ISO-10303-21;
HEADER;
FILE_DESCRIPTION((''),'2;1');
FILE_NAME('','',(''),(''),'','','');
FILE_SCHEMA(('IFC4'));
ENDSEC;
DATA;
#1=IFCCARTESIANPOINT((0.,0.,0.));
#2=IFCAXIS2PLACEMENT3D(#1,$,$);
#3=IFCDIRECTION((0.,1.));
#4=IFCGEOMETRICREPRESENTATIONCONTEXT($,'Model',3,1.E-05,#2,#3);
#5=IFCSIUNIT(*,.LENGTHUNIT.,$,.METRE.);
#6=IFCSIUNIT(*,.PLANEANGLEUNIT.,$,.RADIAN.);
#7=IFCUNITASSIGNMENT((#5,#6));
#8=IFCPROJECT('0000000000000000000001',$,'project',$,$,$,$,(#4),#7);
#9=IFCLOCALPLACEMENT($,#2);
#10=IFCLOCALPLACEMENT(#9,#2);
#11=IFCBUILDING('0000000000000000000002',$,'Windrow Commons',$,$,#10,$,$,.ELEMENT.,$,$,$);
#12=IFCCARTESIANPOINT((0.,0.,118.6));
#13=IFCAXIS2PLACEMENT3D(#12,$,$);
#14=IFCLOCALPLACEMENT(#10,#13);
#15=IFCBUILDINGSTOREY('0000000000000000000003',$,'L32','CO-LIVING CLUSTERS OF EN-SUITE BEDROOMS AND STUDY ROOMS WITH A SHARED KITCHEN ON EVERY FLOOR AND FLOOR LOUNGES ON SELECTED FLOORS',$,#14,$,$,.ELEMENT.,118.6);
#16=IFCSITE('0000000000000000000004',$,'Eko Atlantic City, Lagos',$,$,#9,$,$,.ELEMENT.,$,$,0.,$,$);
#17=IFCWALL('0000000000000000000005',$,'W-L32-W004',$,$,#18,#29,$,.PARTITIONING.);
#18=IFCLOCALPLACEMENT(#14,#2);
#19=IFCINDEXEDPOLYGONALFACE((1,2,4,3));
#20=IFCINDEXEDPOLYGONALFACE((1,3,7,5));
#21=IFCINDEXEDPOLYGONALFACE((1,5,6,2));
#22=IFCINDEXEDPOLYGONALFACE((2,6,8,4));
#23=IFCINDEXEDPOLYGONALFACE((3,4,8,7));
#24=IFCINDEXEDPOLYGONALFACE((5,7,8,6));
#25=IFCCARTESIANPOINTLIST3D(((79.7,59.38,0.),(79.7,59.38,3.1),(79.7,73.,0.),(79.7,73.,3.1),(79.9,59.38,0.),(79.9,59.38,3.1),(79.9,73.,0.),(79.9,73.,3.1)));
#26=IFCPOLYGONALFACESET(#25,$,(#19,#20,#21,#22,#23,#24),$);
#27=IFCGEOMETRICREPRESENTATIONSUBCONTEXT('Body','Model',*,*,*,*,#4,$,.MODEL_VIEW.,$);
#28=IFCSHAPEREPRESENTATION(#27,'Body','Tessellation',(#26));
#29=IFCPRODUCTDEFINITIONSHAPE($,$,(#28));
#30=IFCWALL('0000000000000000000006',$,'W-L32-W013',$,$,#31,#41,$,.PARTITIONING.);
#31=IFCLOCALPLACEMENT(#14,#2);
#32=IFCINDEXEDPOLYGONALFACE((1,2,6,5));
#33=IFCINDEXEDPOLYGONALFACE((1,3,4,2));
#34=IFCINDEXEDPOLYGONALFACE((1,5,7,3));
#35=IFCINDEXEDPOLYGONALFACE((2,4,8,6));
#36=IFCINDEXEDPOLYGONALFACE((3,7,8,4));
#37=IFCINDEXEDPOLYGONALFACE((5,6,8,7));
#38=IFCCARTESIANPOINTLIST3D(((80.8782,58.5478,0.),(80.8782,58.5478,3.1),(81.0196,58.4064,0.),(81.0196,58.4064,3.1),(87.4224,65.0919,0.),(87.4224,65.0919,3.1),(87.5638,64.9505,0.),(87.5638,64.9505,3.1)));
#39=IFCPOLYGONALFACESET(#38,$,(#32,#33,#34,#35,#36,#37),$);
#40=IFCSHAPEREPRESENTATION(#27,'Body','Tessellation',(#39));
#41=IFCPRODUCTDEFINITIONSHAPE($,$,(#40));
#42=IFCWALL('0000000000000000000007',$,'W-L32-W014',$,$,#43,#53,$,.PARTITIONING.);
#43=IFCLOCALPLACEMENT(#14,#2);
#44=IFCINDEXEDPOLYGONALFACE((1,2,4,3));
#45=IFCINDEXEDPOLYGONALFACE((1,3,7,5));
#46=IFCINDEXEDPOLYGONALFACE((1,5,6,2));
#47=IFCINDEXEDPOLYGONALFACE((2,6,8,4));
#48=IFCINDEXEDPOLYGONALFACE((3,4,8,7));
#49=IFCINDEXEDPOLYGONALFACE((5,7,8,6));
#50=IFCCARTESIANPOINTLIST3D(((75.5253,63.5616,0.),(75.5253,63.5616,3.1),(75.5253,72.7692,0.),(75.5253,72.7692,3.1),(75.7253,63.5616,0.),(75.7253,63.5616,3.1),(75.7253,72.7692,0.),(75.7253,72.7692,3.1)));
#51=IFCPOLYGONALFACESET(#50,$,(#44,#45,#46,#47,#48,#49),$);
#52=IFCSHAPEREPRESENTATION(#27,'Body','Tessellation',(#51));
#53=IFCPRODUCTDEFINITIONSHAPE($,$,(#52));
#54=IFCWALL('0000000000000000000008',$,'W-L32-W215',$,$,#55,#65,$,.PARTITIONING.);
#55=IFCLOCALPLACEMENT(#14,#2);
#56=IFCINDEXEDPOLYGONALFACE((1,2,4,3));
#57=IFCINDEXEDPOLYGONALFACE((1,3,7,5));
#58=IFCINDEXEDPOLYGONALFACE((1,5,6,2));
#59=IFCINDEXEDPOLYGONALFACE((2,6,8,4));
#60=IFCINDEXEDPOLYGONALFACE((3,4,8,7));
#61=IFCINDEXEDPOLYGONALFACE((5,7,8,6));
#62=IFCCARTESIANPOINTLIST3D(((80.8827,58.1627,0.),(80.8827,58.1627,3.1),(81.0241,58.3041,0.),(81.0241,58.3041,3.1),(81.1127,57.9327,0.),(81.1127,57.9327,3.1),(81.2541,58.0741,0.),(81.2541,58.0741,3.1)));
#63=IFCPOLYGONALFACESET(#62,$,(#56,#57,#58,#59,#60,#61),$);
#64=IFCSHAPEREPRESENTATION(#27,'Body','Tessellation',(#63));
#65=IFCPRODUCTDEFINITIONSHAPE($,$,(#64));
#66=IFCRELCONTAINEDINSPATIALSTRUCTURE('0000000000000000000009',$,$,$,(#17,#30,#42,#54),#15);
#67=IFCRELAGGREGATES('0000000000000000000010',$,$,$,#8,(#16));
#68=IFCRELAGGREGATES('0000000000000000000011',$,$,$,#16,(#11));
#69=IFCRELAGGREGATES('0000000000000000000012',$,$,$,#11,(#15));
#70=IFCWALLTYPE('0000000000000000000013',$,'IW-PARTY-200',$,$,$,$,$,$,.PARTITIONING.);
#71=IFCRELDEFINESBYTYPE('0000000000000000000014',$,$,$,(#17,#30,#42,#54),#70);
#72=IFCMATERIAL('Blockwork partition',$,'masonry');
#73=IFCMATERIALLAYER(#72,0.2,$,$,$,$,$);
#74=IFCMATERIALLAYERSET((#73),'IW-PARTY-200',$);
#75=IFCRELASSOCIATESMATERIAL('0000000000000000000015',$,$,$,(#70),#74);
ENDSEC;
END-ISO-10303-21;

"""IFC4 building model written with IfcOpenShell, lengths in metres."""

from ifc_helpers import new_model, si_unit, direction, frame, frame_2d, origin, place, context, subcontext, project, spatial, rectangle, extrude, material, layer, layer_set, type_object, element, save


model = new_model("IFC4")

# Units and contexts
model_context = context("Model", 3, precision=1e-05, world=origin(), true_north=direction((0.0, 1.0)))
body_context = subcontext(model_context, "Body", "Model", "MODEL_VIEW")
ifc_project = project(units=[si_unit("LENGTHUNIT", "METRE"), si_unit("PLANEANGLEUNIT", "RADIAN")], contexts=[model_context])

# Site, building, storey
site_placement = place(None, origin())
site = spatial("IfcSite", under=ifc_project, at=site_placement, Name="Eko Atlantic City, Lagos", CompositionType="ELEMENT", RefElevation=0.0)
building_placement = place(site_placement, origin())
building = spatial("IfcBuilding", under=site, at=building_placement, Name="Windrow Commons", CompositionType="ELEMENT")
storey_placement = place(building_placement, frame((0.0, 0.0, 118.6)))
storey = spatial("IfcBuildingStorey", under=building, at=storey_placement, Name="L32", Description="CO-LIVING CLUSTERS OF EN-SUITE BEDROOMS AND STUDY ROOMS WITH A SHARED KITCHEN ON EVERY FLOOR AND FLOOR LOUNGES ON SELECTED FLOORS", CompositionType="ELEMENT", Elevation=118.6)

# Walls
ifc_material_1 = material(Name="Blockwork partition", Category="masonry")
ifc_layer_1 = layer(ifc_material_1, 0.2)
ifc_layer_set_1 = layer_set([ifc_layer_1], Name="IW-PARTY-200")
wall_type_1 = type_object("IfcWallType", Name="IW-PARTY-200", PredefinedType="PARTITIONING", material=ifc_layer_set_1)
wall_1_placement = place(storey_placement, frame((79.8, 59.38, 0.0), z_axis=(0.0, 0.0, 1.0), x_axis=(0.0, 1.0, 0.0)))
element("IfcWall", 1, at=wall_1_placement, inside=storey, type_object=wall_type_1, Name="W-L32-W004", PredefinedType="PARTITIONING", context=body_context, shape_type="SweptSolid", body=[
    extrude(rectangle(XDim=13.62, YDim=0.2, at=frame_2d((6.81, 0.0))), origin(), (0.0, 0.0, 1.0), 3.1),
])
wall_2_placement = place(storey_placement, frame((80.9489, 58.4771, 0.0), z_axis=(0.0, 0.0, 1.0), x_axis=(0.707112, 0.707101, 0.0)))
element("IfcWall", 2, at=wall_2_placement, inside=storey, type_object=wall_type_1, Name="W-L32-W013", PredefinedType="PARTITIONING", context=body_context, shape_type="SweptSolid", body=[
    extrude(rectangle(XDim=9.2548, YDim=0.2, at=frame_2d((4.6274, 0.0))), origin(), (0.0, 0.0, 1.0), 3.1),
])
wall_3_placement = place(storey_placement, frame((75.6253, 63.5616, 0.0), z_axis=(0.0, 0.0, 1.0), x_axis=(0.0, 1.0, 0.0)))
element("IfcWall", 3, at=wall_3_placement, inside=storey, type_object=wall_type_1, Name="W-L32-W014", PredefinedType="PARTITIONING", context=body_context, shape_type="SweptSolid", body=[
    extrude(rectangle(XDim=9.2076, YDim=0.2, at=frame_2d((4.6038, 0.0))), origin(), (0.0, 0.0, 1.0), 3.1),
])
wall_4_placement = place(storey_placement, frame((80.9534, 58.2334, 0.0), z_axis=(0.0, 0.0, 1.0), x_axis=(0.707107, -0.707107, 0.0)))
element("IfcWall", 4, at=wall_4_placement, inside=storey, type_object=wall_type_1, Name="W-L32-W215", PredefinedType="PARTITIONING", context=body_context, shape_type="SweptSolid", body=[
    extrude(rectangle(XDim=0.3253, YDim=0.2, at=frame_2d((0.1626, 0.0))), origin(), (0.0, 0.0, 1.0), 3.1),
])

save(model, "model.ifc")
